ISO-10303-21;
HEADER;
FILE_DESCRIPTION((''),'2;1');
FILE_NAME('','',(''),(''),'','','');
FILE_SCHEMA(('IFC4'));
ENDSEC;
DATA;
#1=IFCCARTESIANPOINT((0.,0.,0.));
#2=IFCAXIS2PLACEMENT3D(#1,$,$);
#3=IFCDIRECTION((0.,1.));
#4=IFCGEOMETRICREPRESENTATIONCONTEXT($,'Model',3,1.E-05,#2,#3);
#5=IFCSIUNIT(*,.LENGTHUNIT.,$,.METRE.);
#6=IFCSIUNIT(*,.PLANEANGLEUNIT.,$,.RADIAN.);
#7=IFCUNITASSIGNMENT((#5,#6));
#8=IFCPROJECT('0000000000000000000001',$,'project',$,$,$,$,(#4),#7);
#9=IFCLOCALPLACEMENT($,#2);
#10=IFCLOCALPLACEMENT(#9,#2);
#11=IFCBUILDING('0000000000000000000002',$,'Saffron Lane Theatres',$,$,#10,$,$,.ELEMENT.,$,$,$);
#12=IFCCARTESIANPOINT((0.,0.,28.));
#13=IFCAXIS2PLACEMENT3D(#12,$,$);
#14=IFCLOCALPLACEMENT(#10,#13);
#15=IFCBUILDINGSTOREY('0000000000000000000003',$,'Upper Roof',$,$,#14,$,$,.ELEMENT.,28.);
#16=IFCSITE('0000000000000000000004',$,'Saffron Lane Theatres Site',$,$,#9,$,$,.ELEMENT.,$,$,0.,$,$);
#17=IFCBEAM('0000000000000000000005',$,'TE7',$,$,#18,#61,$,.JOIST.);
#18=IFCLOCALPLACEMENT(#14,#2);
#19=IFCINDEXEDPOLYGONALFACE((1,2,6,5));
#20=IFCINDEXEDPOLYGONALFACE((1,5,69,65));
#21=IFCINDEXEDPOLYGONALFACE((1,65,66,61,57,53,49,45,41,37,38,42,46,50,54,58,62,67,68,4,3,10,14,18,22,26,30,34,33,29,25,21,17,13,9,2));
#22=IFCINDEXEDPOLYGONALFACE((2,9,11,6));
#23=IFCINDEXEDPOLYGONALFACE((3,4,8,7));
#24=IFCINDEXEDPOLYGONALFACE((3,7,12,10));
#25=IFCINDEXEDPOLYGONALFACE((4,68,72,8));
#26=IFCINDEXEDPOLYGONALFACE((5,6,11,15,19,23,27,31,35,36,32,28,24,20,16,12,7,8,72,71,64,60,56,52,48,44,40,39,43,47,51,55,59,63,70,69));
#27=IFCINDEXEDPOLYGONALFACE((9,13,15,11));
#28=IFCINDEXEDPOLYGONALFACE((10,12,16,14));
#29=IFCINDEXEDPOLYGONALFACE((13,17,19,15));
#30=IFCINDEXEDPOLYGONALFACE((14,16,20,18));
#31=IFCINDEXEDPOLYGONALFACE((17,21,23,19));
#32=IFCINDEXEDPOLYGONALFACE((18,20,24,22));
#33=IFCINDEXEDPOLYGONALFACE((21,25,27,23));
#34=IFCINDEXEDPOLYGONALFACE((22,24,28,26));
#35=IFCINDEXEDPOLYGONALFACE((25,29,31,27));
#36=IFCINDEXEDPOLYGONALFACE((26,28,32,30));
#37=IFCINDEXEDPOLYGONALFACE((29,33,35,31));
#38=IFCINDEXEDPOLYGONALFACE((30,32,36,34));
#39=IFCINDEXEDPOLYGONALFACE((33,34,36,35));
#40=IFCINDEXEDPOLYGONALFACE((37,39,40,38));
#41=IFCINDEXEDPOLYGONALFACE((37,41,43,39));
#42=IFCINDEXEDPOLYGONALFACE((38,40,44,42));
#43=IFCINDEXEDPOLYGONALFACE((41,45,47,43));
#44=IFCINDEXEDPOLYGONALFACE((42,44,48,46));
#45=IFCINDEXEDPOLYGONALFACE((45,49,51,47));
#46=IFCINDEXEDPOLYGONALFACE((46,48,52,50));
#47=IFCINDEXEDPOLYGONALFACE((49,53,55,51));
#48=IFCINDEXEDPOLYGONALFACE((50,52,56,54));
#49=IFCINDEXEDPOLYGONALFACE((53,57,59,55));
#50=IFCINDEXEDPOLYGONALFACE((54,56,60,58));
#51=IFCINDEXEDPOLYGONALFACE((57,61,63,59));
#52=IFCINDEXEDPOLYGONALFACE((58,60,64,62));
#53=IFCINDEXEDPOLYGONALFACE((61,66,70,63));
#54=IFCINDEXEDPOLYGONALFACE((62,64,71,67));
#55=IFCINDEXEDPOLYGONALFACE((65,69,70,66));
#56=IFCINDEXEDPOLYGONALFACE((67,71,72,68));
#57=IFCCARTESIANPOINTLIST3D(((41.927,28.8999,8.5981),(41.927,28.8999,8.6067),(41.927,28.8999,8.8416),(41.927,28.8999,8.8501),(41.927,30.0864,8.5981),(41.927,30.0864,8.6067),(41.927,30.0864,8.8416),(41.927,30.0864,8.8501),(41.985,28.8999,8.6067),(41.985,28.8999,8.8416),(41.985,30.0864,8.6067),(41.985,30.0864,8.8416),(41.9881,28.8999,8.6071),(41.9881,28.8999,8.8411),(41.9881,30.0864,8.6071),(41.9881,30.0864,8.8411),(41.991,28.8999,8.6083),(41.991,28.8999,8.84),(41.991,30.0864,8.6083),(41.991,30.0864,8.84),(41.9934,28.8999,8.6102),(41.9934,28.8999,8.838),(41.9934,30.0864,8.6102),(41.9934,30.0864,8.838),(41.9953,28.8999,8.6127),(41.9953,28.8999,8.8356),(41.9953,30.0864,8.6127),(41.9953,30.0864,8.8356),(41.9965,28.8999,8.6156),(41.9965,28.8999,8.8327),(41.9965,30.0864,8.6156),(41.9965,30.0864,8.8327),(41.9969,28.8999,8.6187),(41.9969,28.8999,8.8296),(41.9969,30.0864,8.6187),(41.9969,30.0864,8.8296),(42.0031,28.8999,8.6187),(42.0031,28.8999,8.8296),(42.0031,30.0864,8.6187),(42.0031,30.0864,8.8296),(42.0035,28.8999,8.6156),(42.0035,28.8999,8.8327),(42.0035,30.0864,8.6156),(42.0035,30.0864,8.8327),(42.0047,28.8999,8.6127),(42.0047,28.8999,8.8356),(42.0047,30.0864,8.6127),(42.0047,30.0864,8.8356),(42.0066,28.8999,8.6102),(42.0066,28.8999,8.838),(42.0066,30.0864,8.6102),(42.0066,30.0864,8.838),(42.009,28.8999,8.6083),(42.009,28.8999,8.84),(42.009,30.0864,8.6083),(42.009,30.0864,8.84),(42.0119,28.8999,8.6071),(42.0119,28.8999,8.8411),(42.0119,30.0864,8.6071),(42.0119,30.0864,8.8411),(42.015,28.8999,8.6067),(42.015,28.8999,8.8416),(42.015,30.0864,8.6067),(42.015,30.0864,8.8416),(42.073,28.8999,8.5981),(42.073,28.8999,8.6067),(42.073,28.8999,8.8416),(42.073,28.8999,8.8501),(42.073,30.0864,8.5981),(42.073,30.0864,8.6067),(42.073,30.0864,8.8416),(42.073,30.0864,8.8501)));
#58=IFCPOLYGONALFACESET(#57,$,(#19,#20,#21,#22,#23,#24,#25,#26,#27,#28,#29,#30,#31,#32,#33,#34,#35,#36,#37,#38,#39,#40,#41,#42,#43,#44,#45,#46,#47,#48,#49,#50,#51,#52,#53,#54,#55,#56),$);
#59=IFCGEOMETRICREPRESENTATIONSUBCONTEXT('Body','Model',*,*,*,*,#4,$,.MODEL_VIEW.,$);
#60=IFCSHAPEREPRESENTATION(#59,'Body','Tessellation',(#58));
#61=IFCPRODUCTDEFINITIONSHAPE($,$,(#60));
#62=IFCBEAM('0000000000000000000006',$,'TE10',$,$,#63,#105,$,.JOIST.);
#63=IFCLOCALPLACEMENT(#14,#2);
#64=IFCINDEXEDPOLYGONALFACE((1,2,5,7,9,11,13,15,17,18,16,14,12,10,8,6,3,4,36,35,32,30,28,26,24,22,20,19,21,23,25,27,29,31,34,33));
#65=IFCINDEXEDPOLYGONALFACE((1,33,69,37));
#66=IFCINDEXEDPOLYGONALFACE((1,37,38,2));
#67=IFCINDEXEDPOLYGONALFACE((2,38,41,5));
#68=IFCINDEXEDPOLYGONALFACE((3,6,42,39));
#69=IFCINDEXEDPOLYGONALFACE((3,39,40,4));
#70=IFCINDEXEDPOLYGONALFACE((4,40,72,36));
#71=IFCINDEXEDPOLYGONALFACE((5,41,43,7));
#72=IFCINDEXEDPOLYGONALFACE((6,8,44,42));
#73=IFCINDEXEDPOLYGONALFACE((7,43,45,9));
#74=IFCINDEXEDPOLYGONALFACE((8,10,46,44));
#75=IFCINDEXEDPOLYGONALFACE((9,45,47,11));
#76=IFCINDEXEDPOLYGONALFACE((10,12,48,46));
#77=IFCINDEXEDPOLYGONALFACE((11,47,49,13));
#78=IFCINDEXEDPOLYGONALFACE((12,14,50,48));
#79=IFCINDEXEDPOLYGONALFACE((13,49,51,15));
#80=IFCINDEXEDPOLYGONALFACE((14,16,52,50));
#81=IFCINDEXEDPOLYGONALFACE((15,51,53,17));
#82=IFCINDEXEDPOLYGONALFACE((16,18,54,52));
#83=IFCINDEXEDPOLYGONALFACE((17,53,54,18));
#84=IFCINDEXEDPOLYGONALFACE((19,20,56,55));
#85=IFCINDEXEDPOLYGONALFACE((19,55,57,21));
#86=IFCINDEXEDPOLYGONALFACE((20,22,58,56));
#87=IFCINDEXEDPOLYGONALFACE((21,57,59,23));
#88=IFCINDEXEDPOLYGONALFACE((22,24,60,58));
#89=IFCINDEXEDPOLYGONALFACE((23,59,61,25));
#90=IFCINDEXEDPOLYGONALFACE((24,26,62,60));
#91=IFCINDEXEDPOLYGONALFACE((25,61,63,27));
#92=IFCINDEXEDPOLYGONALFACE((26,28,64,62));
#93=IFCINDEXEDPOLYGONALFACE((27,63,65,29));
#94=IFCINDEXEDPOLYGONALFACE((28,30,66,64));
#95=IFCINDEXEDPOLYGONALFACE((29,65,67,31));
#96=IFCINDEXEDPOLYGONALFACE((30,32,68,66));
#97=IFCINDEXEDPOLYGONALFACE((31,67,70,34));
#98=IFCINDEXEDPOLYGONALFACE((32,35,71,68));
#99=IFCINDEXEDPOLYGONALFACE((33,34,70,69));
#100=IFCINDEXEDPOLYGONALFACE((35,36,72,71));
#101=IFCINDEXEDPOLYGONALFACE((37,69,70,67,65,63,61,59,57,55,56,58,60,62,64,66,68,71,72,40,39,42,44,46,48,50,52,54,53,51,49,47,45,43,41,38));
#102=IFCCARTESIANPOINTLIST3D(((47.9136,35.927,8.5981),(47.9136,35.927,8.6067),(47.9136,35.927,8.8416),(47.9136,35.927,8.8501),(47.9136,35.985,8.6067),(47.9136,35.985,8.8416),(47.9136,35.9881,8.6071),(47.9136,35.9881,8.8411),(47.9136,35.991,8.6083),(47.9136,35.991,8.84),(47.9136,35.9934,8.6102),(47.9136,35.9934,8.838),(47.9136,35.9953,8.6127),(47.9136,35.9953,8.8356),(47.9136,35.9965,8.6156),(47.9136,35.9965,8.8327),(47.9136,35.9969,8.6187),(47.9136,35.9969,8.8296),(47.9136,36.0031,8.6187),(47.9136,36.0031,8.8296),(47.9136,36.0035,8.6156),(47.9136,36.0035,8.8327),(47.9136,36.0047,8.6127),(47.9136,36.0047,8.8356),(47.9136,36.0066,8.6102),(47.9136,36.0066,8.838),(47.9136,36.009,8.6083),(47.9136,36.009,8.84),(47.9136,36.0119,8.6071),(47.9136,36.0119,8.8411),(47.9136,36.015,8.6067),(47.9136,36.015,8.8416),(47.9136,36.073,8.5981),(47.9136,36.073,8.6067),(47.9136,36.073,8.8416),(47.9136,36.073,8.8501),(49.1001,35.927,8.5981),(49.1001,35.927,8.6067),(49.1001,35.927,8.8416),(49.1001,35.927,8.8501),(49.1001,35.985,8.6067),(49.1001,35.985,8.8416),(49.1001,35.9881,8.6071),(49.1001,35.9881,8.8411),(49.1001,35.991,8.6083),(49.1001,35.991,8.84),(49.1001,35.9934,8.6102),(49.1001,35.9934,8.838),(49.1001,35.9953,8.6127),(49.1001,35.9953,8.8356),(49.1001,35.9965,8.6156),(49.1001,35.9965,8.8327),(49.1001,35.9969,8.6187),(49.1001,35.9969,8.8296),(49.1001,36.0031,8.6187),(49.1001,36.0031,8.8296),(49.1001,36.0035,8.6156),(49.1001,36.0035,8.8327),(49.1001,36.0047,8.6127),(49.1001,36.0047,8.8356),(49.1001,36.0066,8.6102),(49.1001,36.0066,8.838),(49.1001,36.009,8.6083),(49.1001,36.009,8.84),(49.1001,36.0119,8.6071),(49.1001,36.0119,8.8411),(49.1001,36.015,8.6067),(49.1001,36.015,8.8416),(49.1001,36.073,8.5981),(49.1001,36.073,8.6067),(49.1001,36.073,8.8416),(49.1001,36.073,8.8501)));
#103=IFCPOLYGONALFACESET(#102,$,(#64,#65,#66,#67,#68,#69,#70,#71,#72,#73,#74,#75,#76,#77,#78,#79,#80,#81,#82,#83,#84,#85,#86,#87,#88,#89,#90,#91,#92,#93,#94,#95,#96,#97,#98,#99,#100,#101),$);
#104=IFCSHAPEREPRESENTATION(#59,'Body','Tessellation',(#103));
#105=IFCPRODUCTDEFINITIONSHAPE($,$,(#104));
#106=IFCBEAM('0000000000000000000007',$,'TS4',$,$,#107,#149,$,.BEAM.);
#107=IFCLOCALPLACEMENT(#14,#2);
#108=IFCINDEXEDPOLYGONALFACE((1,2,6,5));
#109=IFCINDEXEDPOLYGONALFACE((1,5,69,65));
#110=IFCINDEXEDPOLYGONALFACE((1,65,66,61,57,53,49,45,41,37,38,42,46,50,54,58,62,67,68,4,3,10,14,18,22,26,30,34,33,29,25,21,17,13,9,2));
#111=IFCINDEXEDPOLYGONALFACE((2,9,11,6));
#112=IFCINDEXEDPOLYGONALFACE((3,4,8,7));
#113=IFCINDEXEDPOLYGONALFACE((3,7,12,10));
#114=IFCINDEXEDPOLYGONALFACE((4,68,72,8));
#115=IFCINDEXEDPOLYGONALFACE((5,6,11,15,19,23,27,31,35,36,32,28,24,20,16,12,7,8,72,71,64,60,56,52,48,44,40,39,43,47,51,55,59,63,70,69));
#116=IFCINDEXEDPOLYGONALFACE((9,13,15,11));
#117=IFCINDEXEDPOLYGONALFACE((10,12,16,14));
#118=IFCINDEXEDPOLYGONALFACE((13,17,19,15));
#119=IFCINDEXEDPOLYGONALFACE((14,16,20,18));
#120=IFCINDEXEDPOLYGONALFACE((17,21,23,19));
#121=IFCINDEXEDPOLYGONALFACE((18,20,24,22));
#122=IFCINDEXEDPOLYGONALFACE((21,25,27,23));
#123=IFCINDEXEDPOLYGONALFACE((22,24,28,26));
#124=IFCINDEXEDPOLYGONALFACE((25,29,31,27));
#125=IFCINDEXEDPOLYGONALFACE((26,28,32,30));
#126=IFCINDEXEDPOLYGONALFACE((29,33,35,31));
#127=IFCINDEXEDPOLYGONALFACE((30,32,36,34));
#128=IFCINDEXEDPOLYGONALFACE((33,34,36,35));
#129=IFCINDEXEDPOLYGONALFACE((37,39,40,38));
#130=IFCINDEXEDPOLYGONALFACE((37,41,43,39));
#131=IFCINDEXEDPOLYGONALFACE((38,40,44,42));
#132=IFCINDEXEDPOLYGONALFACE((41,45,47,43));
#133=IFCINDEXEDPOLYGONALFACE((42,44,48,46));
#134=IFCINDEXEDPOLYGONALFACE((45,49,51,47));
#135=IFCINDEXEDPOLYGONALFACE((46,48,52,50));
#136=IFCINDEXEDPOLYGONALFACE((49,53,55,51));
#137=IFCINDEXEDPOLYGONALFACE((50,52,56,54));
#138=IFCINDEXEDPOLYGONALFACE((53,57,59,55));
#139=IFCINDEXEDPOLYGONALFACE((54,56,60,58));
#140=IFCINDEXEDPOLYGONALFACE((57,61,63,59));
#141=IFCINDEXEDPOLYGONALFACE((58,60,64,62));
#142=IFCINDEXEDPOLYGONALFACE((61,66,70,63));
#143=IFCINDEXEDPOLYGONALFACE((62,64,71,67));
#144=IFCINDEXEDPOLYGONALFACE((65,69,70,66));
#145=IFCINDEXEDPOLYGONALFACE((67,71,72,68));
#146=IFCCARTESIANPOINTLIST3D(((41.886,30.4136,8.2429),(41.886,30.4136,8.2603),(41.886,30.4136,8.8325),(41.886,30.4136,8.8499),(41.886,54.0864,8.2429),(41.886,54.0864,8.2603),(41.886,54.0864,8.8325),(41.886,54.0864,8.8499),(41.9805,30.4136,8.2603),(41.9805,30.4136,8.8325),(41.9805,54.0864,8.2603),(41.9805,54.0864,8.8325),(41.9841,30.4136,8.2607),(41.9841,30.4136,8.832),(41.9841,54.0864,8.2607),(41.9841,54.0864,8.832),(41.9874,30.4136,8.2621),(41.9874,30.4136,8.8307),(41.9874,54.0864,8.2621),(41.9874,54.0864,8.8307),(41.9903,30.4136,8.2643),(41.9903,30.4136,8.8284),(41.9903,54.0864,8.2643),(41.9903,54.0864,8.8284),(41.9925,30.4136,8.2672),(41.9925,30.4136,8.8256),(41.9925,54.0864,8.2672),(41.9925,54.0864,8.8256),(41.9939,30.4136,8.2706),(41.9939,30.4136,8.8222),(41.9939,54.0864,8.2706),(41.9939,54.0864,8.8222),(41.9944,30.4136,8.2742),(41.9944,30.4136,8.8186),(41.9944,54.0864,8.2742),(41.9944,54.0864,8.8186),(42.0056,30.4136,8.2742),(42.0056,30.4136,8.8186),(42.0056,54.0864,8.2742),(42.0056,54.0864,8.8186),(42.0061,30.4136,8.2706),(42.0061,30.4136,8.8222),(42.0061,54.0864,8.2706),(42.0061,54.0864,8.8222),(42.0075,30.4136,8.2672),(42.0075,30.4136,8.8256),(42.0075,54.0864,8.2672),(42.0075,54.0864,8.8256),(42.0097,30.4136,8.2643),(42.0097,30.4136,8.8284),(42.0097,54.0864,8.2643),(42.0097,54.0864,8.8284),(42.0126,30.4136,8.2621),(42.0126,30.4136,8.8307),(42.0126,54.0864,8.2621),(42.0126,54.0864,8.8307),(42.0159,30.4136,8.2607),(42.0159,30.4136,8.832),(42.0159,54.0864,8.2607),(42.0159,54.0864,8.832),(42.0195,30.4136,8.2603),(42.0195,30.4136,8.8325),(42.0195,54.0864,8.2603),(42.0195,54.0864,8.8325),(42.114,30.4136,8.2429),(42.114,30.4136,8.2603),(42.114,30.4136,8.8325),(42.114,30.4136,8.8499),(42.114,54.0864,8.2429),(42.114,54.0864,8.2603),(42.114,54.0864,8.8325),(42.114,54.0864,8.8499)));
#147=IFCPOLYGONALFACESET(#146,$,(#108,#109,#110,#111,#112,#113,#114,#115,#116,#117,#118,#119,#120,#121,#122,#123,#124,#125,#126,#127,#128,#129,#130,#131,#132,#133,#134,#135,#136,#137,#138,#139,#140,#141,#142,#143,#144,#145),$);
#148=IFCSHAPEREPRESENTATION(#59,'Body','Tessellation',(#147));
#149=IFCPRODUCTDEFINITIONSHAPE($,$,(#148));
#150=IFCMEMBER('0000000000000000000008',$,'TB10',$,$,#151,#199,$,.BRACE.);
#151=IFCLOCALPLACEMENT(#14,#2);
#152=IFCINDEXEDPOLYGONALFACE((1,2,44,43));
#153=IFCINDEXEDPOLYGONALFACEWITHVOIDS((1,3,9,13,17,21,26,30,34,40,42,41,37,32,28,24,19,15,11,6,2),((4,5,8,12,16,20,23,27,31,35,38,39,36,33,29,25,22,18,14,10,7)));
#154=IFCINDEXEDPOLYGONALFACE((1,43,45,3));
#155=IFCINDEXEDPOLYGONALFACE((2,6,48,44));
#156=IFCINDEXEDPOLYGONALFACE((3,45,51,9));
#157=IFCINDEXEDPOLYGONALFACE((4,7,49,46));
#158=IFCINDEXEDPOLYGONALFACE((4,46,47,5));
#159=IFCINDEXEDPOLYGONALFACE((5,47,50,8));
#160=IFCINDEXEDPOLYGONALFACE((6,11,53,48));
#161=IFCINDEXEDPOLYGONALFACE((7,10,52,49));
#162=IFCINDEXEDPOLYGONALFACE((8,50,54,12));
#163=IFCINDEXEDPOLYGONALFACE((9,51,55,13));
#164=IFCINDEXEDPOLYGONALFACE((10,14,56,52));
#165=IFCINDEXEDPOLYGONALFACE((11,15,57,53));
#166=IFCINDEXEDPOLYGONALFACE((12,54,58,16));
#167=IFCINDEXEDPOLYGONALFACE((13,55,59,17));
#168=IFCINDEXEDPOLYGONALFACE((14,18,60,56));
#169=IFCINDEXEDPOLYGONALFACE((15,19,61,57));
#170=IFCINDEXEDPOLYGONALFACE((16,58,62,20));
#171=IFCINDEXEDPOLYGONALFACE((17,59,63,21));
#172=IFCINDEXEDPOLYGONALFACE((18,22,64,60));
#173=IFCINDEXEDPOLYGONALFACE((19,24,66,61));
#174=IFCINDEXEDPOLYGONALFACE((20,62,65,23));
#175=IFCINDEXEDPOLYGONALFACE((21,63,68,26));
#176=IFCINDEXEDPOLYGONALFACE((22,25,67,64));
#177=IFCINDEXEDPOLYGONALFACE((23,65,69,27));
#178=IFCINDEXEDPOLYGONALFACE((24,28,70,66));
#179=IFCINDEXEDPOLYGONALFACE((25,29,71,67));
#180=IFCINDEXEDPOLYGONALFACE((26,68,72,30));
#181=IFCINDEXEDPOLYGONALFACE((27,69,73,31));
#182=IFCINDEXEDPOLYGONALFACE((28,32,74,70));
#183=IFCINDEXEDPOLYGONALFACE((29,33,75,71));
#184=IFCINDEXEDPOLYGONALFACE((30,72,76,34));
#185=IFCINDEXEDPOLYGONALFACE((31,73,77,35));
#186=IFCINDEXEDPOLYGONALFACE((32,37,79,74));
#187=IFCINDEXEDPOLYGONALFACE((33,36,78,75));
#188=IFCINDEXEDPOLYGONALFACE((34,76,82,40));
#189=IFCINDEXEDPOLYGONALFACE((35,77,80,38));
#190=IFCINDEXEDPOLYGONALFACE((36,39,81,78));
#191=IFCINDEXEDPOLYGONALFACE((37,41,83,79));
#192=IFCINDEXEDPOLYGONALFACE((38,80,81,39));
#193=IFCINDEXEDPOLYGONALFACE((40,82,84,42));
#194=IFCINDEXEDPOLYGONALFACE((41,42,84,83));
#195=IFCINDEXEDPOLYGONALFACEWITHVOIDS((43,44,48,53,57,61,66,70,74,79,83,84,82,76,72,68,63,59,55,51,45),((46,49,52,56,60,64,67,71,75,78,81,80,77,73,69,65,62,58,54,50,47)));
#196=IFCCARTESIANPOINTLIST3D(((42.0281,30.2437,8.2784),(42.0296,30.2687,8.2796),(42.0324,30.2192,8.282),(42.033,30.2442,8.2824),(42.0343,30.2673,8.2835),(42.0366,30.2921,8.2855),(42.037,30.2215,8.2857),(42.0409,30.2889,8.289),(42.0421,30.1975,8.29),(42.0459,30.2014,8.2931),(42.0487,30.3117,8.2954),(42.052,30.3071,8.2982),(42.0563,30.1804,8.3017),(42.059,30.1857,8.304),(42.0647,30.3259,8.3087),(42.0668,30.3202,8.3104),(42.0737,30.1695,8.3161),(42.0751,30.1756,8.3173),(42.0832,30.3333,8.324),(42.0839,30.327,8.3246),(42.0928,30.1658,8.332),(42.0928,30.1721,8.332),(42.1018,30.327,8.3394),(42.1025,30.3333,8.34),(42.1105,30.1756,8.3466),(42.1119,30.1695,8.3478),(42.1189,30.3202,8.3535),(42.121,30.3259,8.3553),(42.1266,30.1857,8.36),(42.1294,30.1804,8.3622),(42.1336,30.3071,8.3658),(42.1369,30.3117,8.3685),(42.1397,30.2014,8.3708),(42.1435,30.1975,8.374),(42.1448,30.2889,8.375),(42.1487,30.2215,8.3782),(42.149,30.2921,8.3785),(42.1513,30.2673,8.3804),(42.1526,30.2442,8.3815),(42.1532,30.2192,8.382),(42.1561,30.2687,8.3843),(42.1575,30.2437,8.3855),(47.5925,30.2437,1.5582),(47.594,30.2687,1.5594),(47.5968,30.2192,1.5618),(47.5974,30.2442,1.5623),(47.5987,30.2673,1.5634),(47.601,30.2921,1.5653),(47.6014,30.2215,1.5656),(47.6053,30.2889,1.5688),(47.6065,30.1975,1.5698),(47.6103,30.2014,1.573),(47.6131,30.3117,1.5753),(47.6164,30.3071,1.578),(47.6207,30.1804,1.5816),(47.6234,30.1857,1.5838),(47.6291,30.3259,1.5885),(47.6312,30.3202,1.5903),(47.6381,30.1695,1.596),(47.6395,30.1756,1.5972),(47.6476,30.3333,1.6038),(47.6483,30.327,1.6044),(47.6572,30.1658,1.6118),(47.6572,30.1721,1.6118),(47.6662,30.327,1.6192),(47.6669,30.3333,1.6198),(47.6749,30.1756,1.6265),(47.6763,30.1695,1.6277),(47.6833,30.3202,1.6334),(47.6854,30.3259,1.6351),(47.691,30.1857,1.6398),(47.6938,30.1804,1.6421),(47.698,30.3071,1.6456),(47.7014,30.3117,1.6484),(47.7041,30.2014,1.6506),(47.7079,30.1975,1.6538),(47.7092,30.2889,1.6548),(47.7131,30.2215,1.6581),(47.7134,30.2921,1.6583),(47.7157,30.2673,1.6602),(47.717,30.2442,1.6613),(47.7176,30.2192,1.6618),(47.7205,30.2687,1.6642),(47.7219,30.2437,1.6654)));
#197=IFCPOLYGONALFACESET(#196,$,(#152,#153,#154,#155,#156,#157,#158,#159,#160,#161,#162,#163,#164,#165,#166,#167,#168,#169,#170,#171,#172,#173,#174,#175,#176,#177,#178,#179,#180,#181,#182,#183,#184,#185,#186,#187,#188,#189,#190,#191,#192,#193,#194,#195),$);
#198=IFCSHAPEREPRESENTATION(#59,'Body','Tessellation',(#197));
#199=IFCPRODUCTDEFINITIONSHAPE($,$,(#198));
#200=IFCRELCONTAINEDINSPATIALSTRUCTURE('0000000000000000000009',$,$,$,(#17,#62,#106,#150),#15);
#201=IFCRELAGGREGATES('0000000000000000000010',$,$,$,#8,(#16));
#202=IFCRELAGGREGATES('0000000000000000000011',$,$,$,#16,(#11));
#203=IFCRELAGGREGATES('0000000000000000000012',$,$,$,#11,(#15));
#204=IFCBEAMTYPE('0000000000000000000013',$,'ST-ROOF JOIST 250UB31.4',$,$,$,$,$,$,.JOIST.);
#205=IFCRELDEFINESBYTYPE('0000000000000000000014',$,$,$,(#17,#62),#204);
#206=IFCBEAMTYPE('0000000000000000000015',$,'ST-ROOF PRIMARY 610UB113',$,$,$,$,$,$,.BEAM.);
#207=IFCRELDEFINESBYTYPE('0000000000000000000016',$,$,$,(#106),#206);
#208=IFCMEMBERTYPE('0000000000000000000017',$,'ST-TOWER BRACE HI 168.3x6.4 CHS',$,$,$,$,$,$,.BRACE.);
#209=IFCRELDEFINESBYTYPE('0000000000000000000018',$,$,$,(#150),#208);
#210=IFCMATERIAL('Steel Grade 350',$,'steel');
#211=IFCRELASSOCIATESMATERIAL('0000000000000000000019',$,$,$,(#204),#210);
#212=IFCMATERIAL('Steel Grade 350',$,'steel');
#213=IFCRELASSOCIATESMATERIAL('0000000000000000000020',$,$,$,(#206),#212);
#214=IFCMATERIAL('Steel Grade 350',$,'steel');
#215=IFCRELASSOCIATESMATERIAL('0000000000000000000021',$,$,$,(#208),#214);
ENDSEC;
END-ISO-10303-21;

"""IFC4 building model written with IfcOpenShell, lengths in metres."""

from ifc_helpers import new_model, si_unit, direction, frame, origin, origin_2d, place, context, subcontext, project, spatial, hollow_circle, i_section, extrude, material, material_profile, profile_set, type_object, element, save


model = new_model("IFC4")

# Units and contexts
model_context = context("Model", 3, precision=1e-05, world=origin(), true_north=direction((0.0, 1.0)))
body_context = subcontext(model_context, "Body", "Model", "MODEL_VIEW")
ifc_project = project(units=[si_unit("LENGTHUNIT", "METRE"), si_unit("PLANEANGLEUNIT", "RADIAN")], contexts=[model_context])

# Site, building, storey
site_placement = place(None, origin())
site = spatial("IfcSite", under=ifc_project, at=site_placement, Name="Saffron Lane Theatres Site", CompositionType="ELEMENT", RefElevation=0.0)
building_placement = place(site_placement, origin())
building = spatial("IfcBuilding", under=site, at=building_placement, Name="Saffron Lane Theatres", CompositionType="ELEMENT")
storey_placement = place(building_placement, frame((0.0, 0.0, 28.0)))
storey = spatial("IfcBuildingStorey", under=building, at=storey_placement, Name="Upper Roof", CompositionType="ELEMENT", Elevation=28.0)

# Beams
ifc_material_1 = material(Name="Steel Grade 350", Category="steel")
ifc_material_profile_1 = material_profile(ifc_material_1, i_section(OverallWidth=0.146, OverallDepth=0.252, WebThickness=0.0061, FlangeThickness=0.0085, FilletRadius=0.012, at=origin_2d()))
ifc_profile_set_1 = profile_set([ifc_material_profile_1], Name="Steel Grade 350")
beam_type_1 = type_object("IfcBeamType", Name="ST-ROOF JOIST 250UB31.4", PredefinedType="JOIST", material=ifc_profile_set_1)
for number, where, z_axis, x_axis, name in (
    (1, (42.0, 30.0864, 8.7241), (0.0, -1.0, 0.0), (1.0, 0.0, 0.0), "TE7"),
    (2, (47.9136, 36.0, 8.7241), (1.0, 0.0, 0.0), (0.0, 1.0, 0.0), "TE10"),
):
    element("IfcBeam", number, at=place(storey_placement, frame(where, z_axis=z_axis, x_axis=x_axis)), inside=storey, type_object=beam_type_1, Name=name, PredefinedType="JOIST", context=body_context, shape_type="SweptSolid", body=[
        extrude(i_section(OverallWidth=0.146, OverallDepth=0.252, WebThickness=0.0061, FlangeThickness=0.0085, FilletRadius=0.012, at=origin_2d()), origin(), (0.0, 0.0, 1.0), 1.1865),
    ])
ifc_material_2 = material(Name="Steel Grade 350", Category="steel")
ifc_material_profile_2 = material_profile(ifc_material_2, i_section(OverallWidth=0.228, OverallDepth=0.6069, WebThickness=0.0112, FlangeThickness=0.0173, FilletRadius=0.0139, at=origin_2d()))
ifc_profile_set_2 = profile_set([ifc_material_profile_2], Name="Steel Grade 350")
beam_type_2 = type_object("IfcBeamType", Name="ST-ROOF PRIMARY 610UB113", PredefinedType="BEAM", material=ifc_profile_set_2)
beam_1_placement = place(storey_placement, frame((42.0, 30.4136, 8.5464), z_axis=(0.0, 1.0, 0.0), x_axis=(-1.0, 0.0, 0.0)))
element("IfcBeam", 3, at=beam_1_placement, inside=storey, type_object=beam_type_2, Name="TS4", PredefinedType="BEAM", context=body_context, shape_type="SweptSolid", body=[
    extrude(i_section(OverallWidth=0.228, OverallDepth=0.6069, WebThickness=0.0112, FlangeThickness=0.0173, FilletRadius=0.0139, at=origin_2d()), origin(), (0.0, 0.0, 1.0), 23.6729),
])

# Member
ifc_material_3 = material(Name="Steel Grade 350", Category="steel")
ifc_material_profile_3 = material_profile(ifc_material_3, hollow_circle(Radius=0.0842, WallThickness=0.0063, at=origin_2d()))
ifc_profile_set_3 = profile_set([ifc_material_profile_3], Name="Steel Grade 350")
member_type = type_object("IfcMemberType", Name="ST-TOWER BRACE HI 168.3x6.4 CHS", PredefinedType="BRACE", material=ifc_profile_set_3)
for number, where, z_axis, x_axis, name in (
    (4, (47.6572, 30.25, 1.6118), (-0.637765, 0.0, 0.770231), (0.0, -1.0, 0.0), "TB10"),
):
    element("IfcMember", number, at=place(storey_placement, frame(where, z_axis=z_axis, x_axis=x_axis)), inside=storey, type_object=member_type, Name=name, PredefinedType="BRACE", context=body_context, shape_type="SweptSolid", body=[
        extrude(hollow_circle(Radius=0.0842, WallThickness=0.0063, at=origin_2d()), origin(), (0.0, 0.0, 1.0), 8.7249),
    ])

save(model, "model.ifc")
